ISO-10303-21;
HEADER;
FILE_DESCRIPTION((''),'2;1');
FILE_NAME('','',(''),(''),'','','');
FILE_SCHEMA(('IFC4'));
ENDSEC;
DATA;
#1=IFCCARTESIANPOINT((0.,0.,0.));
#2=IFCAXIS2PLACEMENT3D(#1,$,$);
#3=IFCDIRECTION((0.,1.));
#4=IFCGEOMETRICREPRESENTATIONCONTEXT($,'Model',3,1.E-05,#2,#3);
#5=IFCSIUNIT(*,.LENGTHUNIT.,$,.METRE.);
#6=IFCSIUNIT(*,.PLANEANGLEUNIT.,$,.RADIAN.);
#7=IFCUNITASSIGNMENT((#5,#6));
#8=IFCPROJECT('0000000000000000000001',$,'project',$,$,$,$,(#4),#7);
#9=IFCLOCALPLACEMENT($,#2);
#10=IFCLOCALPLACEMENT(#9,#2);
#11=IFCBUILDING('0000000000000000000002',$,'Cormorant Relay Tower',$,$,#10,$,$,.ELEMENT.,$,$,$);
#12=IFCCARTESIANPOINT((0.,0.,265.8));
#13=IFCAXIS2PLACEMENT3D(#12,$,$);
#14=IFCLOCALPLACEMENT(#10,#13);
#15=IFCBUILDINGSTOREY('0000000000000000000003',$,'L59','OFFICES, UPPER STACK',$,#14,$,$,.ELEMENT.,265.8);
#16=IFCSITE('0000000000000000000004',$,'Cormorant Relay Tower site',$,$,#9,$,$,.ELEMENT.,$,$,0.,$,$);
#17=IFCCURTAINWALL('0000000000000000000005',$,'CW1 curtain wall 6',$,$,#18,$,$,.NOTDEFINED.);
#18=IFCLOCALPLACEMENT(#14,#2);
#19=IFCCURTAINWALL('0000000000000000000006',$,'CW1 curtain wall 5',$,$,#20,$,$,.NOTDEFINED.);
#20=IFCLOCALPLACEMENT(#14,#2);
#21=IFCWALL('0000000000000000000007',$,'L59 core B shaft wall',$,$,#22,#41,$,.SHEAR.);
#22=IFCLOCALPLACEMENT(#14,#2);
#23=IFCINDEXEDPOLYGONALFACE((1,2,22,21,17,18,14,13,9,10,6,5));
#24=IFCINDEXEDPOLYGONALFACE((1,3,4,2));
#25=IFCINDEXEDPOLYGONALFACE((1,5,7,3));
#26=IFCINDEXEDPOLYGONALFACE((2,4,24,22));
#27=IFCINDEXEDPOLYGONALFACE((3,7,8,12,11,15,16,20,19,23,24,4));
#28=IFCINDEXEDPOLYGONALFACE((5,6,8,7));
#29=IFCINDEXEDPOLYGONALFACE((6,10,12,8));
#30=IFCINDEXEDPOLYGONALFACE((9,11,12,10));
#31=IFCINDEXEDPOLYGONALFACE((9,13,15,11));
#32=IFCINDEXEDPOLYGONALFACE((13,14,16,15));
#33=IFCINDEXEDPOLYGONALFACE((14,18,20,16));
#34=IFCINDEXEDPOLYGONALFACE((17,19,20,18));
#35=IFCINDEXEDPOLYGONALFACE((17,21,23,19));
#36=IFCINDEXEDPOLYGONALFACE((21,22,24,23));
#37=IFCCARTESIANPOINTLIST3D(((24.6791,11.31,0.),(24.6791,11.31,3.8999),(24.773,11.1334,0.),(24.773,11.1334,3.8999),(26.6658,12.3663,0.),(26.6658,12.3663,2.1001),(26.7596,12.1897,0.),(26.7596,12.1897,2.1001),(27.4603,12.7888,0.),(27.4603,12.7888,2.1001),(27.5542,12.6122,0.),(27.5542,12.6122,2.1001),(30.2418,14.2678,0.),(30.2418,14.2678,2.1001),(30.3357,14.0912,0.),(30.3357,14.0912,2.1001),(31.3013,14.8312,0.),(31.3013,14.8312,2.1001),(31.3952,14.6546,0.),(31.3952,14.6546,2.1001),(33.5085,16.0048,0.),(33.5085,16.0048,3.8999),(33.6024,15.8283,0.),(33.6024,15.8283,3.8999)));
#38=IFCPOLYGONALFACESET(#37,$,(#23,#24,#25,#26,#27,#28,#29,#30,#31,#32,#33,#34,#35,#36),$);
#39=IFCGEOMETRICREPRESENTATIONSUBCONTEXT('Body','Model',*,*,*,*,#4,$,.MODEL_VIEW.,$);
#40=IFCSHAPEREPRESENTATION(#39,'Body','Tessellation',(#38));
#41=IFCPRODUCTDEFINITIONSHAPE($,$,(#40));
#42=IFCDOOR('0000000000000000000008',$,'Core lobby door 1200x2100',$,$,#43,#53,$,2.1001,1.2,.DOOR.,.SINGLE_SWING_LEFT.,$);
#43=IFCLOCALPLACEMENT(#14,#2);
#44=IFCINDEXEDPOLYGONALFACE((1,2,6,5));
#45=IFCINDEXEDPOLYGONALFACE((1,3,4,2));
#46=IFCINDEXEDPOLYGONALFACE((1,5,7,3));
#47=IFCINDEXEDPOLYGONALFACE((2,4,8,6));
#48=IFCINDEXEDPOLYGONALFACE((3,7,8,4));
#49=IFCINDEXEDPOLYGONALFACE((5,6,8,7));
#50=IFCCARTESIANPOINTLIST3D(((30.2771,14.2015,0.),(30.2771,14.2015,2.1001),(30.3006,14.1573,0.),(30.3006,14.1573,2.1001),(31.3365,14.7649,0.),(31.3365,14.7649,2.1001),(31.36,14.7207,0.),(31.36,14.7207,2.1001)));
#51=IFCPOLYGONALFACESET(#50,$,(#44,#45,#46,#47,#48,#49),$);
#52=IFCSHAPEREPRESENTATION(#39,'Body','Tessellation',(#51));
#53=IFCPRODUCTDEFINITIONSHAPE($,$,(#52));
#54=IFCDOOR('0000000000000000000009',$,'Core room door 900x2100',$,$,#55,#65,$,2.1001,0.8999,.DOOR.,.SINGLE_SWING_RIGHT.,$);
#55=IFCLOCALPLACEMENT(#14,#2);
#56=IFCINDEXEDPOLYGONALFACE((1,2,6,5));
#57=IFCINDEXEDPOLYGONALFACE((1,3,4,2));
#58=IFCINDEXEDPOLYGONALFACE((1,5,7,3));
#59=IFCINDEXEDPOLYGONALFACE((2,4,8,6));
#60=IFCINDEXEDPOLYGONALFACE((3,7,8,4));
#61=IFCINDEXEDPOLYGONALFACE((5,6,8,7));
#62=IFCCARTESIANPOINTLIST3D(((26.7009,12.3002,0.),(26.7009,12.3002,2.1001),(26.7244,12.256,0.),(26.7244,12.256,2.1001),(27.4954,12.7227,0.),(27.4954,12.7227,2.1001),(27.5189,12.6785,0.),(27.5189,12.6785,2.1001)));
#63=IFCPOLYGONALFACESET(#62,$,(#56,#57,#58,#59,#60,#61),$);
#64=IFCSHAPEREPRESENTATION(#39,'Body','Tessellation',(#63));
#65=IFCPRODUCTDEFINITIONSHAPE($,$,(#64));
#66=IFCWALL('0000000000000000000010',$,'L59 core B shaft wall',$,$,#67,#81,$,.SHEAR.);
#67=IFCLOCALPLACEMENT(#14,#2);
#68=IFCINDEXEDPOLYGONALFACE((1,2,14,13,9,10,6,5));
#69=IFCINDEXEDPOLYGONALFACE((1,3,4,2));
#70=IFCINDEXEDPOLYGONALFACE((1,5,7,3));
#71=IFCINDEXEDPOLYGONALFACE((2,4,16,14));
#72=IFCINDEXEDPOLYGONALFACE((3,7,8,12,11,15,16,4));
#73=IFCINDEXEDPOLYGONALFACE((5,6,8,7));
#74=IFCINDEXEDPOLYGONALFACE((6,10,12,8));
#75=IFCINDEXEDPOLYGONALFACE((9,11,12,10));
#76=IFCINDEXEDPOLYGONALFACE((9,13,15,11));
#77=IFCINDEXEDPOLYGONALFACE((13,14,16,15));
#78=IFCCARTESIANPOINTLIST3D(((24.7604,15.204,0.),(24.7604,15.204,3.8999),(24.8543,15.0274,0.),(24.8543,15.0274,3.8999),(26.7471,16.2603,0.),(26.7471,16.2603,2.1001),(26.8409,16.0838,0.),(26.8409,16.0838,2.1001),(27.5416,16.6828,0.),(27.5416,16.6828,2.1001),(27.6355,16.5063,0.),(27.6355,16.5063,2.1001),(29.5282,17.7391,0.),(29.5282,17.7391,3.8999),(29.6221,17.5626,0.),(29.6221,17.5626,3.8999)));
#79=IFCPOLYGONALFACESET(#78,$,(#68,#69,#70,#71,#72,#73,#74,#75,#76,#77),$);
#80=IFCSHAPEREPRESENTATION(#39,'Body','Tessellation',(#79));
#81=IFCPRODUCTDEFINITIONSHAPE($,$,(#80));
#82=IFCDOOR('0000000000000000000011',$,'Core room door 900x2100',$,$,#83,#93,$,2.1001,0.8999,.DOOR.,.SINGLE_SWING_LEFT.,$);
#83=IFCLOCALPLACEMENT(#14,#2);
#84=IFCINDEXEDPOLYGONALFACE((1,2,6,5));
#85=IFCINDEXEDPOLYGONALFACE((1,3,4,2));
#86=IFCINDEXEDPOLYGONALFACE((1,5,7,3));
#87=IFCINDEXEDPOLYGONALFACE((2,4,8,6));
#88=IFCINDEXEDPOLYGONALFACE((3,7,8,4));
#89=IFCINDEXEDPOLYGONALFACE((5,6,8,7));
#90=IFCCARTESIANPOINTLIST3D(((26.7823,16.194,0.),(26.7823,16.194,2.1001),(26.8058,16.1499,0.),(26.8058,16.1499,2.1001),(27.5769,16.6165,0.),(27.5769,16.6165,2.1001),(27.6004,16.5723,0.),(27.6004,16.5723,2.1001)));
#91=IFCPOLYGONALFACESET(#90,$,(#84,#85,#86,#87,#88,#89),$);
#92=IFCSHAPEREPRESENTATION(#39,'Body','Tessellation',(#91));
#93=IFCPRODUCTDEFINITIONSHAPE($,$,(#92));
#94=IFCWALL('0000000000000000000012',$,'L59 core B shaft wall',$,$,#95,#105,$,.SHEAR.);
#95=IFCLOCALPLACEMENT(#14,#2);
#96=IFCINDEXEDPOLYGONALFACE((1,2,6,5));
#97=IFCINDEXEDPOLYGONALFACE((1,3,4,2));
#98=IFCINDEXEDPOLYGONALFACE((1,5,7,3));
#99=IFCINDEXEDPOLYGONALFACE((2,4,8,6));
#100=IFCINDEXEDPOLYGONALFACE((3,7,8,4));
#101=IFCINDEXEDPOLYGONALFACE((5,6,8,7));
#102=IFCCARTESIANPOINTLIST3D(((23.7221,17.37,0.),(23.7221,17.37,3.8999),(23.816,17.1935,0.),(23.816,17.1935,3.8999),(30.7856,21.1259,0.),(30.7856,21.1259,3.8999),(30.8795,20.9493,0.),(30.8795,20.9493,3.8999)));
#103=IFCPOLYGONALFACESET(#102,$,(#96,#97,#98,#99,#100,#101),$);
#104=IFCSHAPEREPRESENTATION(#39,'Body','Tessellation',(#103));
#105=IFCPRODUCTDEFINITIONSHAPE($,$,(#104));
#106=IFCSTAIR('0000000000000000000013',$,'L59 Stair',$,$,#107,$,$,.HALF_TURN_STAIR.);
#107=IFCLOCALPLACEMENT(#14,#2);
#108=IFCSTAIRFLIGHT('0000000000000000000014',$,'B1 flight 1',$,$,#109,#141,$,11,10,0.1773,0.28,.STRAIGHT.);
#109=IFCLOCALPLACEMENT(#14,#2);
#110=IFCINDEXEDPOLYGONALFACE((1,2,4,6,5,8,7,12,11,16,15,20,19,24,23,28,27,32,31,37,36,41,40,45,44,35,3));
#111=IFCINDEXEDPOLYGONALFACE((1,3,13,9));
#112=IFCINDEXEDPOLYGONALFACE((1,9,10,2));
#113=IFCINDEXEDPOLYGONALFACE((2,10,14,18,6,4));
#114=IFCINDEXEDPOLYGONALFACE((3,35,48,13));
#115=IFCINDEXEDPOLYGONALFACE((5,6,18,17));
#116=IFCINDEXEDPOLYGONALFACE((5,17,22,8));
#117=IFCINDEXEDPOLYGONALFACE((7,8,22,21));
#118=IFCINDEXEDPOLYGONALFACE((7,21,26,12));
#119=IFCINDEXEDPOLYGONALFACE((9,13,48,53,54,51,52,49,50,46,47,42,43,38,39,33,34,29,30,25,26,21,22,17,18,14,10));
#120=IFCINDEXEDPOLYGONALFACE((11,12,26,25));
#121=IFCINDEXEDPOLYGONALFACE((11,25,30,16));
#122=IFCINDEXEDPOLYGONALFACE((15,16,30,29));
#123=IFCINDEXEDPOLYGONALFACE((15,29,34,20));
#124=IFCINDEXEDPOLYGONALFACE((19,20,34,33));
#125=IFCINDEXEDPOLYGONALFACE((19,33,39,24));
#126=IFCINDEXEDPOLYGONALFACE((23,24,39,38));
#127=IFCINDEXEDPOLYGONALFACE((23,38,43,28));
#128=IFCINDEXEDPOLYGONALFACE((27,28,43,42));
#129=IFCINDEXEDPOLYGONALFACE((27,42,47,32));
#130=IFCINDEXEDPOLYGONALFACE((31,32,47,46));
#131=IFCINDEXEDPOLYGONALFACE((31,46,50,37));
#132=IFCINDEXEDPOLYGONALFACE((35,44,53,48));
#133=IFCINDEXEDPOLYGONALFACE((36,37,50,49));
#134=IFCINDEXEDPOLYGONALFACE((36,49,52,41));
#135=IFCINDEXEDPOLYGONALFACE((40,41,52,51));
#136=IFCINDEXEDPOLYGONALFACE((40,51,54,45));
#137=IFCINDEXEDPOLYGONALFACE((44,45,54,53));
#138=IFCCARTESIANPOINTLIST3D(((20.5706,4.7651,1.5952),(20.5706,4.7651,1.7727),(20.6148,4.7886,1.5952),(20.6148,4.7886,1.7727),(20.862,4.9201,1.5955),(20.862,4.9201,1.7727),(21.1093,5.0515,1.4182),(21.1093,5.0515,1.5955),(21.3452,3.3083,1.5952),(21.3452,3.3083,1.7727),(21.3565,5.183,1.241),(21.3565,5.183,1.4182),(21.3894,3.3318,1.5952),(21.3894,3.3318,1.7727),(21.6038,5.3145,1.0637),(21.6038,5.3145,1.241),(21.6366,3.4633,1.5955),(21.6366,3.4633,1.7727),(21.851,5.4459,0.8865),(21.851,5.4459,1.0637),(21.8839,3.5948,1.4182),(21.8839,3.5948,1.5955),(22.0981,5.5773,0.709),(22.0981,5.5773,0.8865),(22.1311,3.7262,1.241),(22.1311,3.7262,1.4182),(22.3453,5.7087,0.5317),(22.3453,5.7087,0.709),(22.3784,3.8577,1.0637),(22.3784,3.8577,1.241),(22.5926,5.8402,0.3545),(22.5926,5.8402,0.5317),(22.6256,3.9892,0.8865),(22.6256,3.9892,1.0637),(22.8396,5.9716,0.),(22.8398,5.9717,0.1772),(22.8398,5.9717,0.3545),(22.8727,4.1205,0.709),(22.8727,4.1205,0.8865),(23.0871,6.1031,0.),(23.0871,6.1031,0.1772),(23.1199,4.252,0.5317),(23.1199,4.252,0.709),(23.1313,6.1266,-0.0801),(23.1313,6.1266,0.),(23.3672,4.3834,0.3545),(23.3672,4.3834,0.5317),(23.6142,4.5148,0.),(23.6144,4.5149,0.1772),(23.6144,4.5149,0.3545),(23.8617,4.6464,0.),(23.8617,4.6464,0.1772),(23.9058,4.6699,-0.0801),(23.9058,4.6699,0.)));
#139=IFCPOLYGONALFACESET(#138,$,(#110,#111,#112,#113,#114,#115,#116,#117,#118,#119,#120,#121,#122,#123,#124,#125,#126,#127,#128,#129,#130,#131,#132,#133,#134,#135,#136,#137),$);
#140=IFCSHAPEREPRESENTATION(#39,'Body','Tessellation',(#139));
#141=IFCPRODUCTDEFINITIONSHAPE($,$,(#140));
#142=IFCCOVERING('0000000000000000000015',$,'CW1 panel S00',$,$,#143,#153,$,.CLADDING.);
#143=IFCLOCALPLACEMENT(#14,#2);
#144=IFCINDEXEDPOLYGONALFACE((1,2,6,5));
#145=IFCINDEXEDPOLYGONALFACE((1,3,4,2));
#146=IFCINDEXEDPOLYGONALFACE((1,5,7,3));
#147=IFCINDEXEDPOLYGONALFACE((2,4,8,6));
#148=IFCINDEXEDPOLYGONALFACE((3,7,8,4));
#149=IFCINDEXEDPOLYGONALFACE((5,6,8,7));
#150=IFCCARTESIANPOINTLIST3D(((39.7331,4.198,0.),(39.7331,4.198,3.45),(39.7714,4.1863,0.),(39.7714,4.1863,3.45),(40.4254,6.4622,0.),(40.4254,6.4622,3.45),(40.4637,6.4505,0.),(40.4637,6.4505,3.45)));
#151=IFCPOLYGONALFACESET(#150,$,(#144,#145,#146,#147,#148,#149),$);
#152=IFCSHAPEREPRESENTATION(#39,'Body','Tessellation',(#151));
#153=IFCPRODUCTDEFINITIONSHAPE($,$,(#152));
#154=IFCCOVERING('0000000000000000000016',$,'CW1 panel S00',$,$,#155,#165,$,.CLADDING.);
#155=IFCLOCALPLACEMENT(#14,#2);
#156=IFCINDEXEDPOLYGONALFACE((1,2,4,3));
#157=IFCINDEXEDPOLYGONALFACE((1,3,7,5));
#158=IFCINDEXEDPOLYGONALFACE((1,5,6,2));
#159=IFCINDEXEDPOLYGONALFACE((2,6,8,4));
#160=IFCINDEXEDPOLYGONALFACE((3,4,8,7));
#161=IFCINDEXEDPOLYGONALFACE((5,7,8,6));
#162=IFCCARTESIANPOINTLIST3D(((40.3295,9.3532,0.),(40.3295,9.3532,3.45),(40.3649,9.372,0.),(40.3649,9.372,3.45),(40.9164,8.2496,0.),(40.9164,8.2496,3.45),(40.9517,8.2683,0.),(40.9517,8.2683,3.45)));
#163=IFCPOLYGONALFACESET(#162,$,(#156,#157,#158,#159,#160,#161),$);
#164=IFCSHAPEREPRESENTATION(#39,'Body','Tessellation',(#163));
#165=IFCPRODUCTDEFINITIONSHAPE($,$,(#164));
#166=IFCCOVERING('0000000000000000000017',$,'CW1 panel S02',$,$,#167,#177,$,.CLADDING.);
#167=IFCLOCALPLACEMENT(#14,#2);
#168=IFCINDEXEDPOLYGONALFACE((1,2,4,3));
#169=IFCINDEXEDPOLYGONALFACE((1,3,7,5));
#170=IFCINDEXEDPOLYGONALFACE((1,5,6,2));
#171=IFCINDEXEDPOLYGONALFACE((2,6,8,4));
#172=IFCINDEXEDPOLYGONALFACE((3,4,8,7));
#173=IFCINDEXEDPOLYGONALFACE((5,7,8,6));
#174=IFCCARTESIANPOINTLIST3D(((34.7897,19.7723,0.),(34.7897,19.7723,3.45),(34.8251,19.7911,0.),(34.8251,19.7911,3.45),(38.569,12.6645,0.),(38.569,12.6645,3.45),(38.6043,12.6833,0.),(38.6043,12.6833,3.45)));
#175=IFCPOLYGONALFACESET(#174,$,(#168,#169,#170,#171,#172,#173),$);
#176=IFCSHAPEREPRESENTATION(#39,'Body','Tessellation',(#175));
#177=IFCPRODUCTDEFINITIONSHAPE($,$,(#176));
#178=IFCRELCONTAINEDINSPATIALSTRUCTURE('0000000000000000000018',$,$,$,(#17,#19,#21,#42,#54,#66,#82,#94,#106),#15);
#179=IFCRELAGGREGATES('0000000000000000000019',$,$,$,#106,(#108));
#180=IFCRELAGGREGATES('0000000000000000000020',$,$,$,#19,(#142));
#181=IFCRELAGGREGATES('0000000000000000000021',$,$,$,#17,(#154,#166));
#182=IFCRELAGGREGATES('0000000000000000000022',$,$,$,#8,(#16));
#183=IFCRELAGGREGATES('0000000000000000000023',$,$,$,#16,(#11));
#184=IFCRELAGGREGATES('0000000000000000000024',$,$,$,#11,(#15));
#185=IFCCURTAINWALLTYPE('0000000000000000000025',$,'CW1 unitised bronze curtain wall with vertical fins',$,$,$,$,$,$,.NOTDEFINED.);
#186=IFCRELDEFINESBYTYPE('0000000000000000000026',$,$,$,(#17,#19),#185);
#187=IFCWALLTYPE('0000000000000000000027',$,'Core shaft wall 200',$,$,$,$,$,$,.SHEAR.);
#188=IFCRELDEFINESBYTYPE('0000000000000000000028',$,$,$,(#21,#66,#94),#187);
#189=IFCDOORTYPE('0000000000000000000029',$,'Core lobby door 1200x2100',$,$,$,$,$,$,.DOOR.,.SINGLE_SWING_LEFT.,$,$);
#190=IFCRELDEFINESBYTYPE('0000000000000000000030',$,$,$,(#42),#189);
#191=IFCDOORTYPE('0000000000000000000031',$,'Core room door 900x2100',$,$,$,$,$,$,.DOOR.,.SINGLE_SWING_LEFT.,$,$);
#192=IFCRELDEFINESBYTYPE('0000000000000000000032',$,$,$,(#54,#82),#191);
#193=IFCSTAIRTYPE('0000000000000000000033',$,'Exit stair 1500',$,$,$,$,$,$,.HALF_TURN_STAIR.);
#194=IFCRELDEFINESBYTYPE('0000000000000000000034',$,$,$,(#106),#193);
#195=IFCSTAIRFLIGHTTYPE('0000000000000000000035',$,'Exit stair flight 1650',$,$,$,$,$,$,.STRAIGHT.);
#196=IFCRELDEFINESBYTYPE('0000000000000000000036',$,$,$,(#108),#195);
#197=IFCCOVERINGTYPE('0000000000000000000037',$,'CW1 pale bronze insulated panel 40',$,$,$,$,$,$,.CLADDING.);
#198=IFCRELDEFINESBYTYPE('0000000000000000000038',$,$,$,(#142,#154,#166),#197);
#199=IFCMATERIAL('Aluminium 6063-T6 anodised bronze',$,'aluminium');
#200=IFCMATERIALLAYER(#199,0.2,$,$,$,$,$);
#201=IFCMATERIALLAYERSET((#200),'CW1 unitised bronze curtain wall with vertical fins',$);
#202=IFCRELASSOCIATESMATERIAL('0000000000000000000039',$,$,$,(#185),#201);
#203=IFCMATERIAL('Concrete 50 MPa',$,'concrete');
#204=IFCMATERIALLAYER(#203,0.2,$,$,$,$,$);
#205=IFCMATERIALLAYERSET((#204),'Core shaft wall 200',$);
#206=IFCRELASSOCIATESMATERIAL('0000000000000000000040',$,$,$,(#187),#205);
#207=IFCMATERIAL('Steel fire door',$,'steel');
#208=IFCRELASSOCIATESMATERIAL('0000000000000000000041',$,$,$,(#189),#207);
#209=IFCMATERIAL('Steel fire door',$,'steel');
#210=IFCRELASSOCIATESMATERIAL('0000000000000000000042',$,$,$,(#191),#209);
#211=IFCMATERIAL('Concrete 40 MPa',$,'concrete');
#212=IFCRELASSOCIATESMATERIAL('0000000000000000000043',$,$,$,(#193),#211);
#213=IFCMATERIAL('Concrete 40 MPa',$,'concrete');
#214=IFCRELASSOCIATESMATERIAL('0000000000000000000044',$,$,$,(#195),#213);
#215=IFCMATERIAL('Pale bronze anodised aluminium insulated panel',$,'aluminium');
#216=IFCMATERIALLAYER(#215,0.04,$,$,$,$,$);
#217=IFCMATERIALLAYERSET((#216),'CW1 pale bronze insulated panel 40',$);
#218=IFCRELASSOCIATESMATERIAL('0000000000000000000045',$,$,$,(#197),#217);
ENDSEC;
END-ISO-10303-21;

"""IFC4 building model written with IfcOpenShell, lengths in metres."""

from ifc_helpers import new_model, si_unit, direction, frame, frame_2d, origin, origin_2d, place, context, subcontext, project, spatial, polyline, rectangle, outline, extrude, material, layer, layer_set, type_object, element, fill, aggregate, save


model = new_model("IFC4")

# Units and contexts
model_context = context("Model", 3, precision=1e-05, world=origin(), true_north=direction((0.0, 1.0)))
body_context = subcontext(model_context, "Body", "Model", "MODEL_VIEW")
ifc_project = project(units=[si_unit("LENGTHUNIT", "METRE"), si_unit("PLANEANGLEUNIT", "RADIAN")], contexts=[model_context])

# Site, building, storey
site_placement = place(None, origin())
site = spatial("IfcSite", under=ifc_project, at=site_placement, Name="Cormorant Relay Tower site", CompositionType="ELEMENT", RefElevation=0.0)
building_placement = place(site_placement, origin())
building = spatial("IfcBuilding", under=site, at=building_placement, Name="Cormorant Relay Tower", CompositionType="ELEMENT")
storey_placement = place(building_placement, frame((0.0, 0.0, 265.8)))
storey = spatial("IfcBuildingStorey", under=building, at=storey_placement, Name="L59", Description="OFFICES, UPPER STACK", CompositionType="ELEMENT", Elevation=265.8)

# Curtain wall
ifc_material_1 = material(Name="Aluminium 6063-T6 anodised bronze", Category="aluminium")
ifc_layer_1 = layer(ifc_material_1, 0.2)
ifc_layer_set_1 = layer_set([ifc_layer_1], Name="CW1 unitised bronze curtain wall with vertical fins")
curtain_wall_type = type_object("IfcCurtainWallType", Name="CW1 unitised bronze curtain wall with vertical fins", PredefinedType="NOTDEFINED", material=ifc_layer_set_1)
curtain_wall_1_placement = place(storey_placement, origin())
curtain_wall_1 = element("IfcCurtainWall", 1, at=curtain_wall_1_placement, inside=storey, type_object=curtain_wall_type, Name="CW1 curtain wall 6", PredefinedType="NOTDEFINED")

# Curtain wall
curtain_wall_2_placement = place(storey_placement, origin())
curtain_wall_2 = element("IfcCurtainWall", 2, at=curtain_wall_2_placement, inside=storey, type_object=curtain_wall_type, Name="CW1 curtain wall 5", PredefinedType="NOTDEFINED")

# Shared definitions
ifc_material_2 = material(Name="Concrete 50 MPa", Category="concrete")
ifc_layer_2 = layer(ifc_material_2, 0.2)
ifc_layer_set_2 = layer_set([ifc_layer_2], Name="Core shaft wall 200")
wall_type_1 = type_object("IfcWallType", Name="Core shaft wall 200", PredefinedType="SHEAR", material=ifc_layer_set_2)

# Wall, openings, doors
wall_1_placement = place(storey_placement, frame((24.7261, 11.2217, 0.0), z_axis=(0.0, 0.0, 1.0), x_axis=(0.88294, 0.469485, 0.0)))
wall_1 = element("IfcWall", 3, at=wall_1_placement, inside=storey, type_object=wall_type_1, Name="L59 core B shaft wall", PredefinedType="SHEAR", context=body_context, shape_type="SweptSolid", body=[
    extrude(rectangle(XDim=10.0, YDim=0.2, at=frame_2d((5.0, 0.0))), origin(), (0.0, 0.0, 1.0), 3.8999),
])
opening_1_placement = place(wall_1_placement, frame((6.3, 0.0, 0.0)))
opening_1 = element("IfcOpeningElement", 4, at=opening_1_placement, cuts=wall_1, PredefinedType="OPENING", context=body_context, shape_type="SweptSolid", body=[
    extrude(rectangle(XDim=1.2, YDim=2.1001, at=frame_2d((0.6001, 1.05))), frame((0.0, 0.1099, 0.0), z_axis=(0.0, -1.0, 0.0), x_axis=(1.0, 0.0, 0.0)), (0.0, 0.0, 1.0), 0.22),
])
opening_2_placement = place(wall_1_placement, frame((2.25, 0.0, 0.0)))
opening_2 = element("IfcOpeningElement", 5, at=opening_2_placement, cuts=wall_1, PredefinedType="OPENING", context=body_context, shape_type="SweptSolid", body=[
    extrude(rectangle(XDim=0.8999, YDim=2.1001, at=frame_2d((0.45, 1.05))), frame((0.0, 0.1099, 0.0), z_axis=(0.0, -1.0, 0.0), x_axis=(1.0, 0.0, 0.0)), (0.0, 0.0, 1.0), 0.22),
])
ifc_material_3 = material(Name="Steel fire door", Category="steel")
door_type_1 = type_object("IfcDoorType", Name="Core lobby door 1200x2100", OperationType="SINGLE_SWING_LEFT", PredefinedType="DOOR", material=ifc_material_3)
door_1_placement = place(opening_1_placement, origin())
door_1 = element("IfcDoor", 6, at=door_1_placement, inside=storey, type_object=door_type_1, Name="Core lobby door 1200x2100", OperationType="SINGLE_SWING_LEFT", OverallHeight=2.1001, OverallWidth=1.2, PredefinedType="DOOR", context=body_context, shape_type="SweptSolid", body=[
    extrude(rectangle(XDim=1.2, YDim=2.1001, at=frame_2d((0.6001, 1.05))), frame((0.0, 0.0249, 0.0), z_axis=(0.0, -1.0, 0.0), x_axis=(1.0, 0.0, 0.0)), (0.0, 0.0, 1.0), 0.05),
])
fill(opening_1, door_1)
ifc_material_4 = material(Name="Steel fire door", Category="steel")
door_type_2 = type_object("IfcDoorType", Name="Core room door 900x2100", OperationType="SINGLE_SWING_LEFT", PredefinedType="DOOR", material=ifc_material_4)
door_2_placement = place(opening_2_placement, frame((0.8999, 0.0, 0.0), z_axis=(0.0, 0.0, 1.0), x_axis=(-1.0, 0.0, 0.0)))
door_2 = element("IfcDoor", 7, at=door_2_placement, inside=storey, type_object=door_type_2, Name="Core room door 900x2100", OperationType="SINGLE_SWING_RIGHT", OverallHeight=2.1001, OverallWidth=0.8999, PredefinedType="DOOR", context=body_context, shape_type="SweptSolid", body=[
    extrude(rectangle(XDim=0.8999, YDim=2.1001, at=frame_2d((0.45, 1.05))), frame((0.0, 0.0249, 0.0), z_axis=(0.0, -1.0, 0.0), x_axis=(1.0, 0.0, 0.0)), (0.0, 0.0, 1.0), 0.05),
])
fill(opening_2, door_2)

# Wall, opening, door
wall_2_placement = place(storey_placement, frame((24.8074, 15.1157, 0.0), z_axis=(0.0, 0.0, 1.0), x_axis=(0.882943, 0.46948, 0.0)))
wall_2 = element("IfcWall", 8, at=wall_2_placement, inside=storey, type_object=wall_type_1, Name="L59 core B shaft wall", PredefinedType="SHEAR", context=body_context, shape_type="SweptSolid", body=[
    extrude(rectangle(XDim=5.3999, YDim=0.2, at=frame_2d((2.7, 0.0))), origin(), (0.0, 0.0, 1.0), 3.8999),
])
opening_3_placement = place(wall_2_placement, frame((2.25, 0.0, 0.0)))
opening_3 = element("IfcOpeningElement", 9, at=opening_3_placement, cuts=wall_2, PredefinedType="OPENING", context=body_context, shape_type="SweptSolid", body=[
    extrude(rectangle(XDim=0.8999, YDim=2.1001, at=frame_2d((0.45, 1.05))), frame((0.0, 0.1099, 0.0), z_axis=(0.0, -1.0, 0.0), x_axis=(1.0, 0.0, 0.0)), (0.0, 0.0, 1.0), 0.22),
])
door_3_placement = place(opening_3_placement, origin())
door_3 = element("IfcDoor", 10, at=door_3_placement, inside=storey, type_object=door_type_2, Name="Core room door 900x2100", OperationType="SINGLE_SWING_LEFT", OverallHeight=2.1001, OverallWidth=0.8999, PredefinedType="DOOR", context=body_context, shape_type="SweptSolid", body=[
    extrude(rectangle(XDim=0.8999, YDim=2.1001, at=frame_2d((0.45, 1.05))), frame((0.0, 0.0249, 0.0), z_axis=(0.0, -1.0, 0.0), x_axis=(1.0, 0.0, 0.0)), (0.0, 0.0, 1.0), 0.05),
])
fill(opening_3, door_3)

# Wall
wall_3_placement = place(storey_placement, frame((23.769, 17.2817, 0.0), z_axis=(0.0, 0.0, 1.0), x_axis=(0.88294, 0.469485, 0.0)))
element("IfcWall", 11, at=wall_3_placement, inside=storey, type_object=wall_type_1, Name="L59 core B shaft wall", PredefinedType="SHEAR", context=body_context, shape_type="SweptSolid", body=[
    extrude(rectangle(XDim=8.0, YDim=0.2, at=frame_2d((4.0, 0.0))), origin(), (0.0, 0.0, 1.0), 3.8999),
])

# Stair, stair flight
ifc_material_5 = material(Name="Concrete 40 MPa", Category="concrete")
stair_type = type_object("IfcStairType", Name="Exit stair 1500", PredefinedType="HALF_TURN_STAIR", material=ifc_material_5)
stair_placement = place(storey_placement, origin())
stair = element("IfcStair", 12, at=stair_placement, inside=storey, type_object=stair_type, Name="L59 Stair", PredefinedType="HALF_TURN_STAIR")
ifc_material_6 = material(Name="Concrete 40 MPa", Category="concrete")
stair_flight_type = type_object("IfcStairFlightType", Name="Exit stair flight 1650", PredefinedType="STRAIGHT", material=ifc_material_6)
stair_flight_placement = place(storey_placement, frame((23.4744, 5.3748, 0.0), z_axis=(0.0, 0.0, 1.0), x_axis=(-0.882948, -0.469472, 0.0)))
stair_flight = element("IfcStairFlight", 13, at=stair_flight_placement, type_object=stair_flight_type, Name="B1 flight 1", NumberOfRisers=11, NumberOfTreads=10, PredefinedType="STRAIGHT", RiserHeight=0.1773, TreadLength=0.28, context=body_context, shape_type="SweptSolid", body=[
    extrude(outline(polyline([(-0.05, -0.0801), (-0.05, 0.0), (0.0, 0.0), (0.0, 0.1772), (0.28, 0.1772), (0.28, 0.3545), (0.5601, 0.3545), (0.5601, 0.5317), (0.8401, 0.5317), (0.8401, 0.709), (1.1201, 0.709), (1.1201, 0.8865), (1.3999, 0.8865), (1.3999, 1.0637), (1.6799, 1.0637), (1.6799, 1.241), (1.96, 1.241), (1.96, 1.4182), (2.24, 1.4182), (2.24, 1.5955), (2.52, 1.5955), (2.52, 1.7727), (2.8, 1.7727), (2.8501, 1.7727), (2.8501, 1.5952), (2.8, 1.5952), (0.2803, 0.0), (-0.05, -0.0801)])), frame((0.0, 0.825, 0.0), z_axis=(0.0, -1.0, 0.0), x_axis=(1.0, 0.0, 0.0)), (0.0, 0.0, 1.0), 1.6499),
])
aggregate(stair, [stair_flight])

# Coverings
ifc_material_7 = material(Name="Pale bronze anodised aluminium insulated panel", Category="aluminium")
ifc_layer_3 = layer(ifc_material_7, 0.04)
ifc_layer_set_3 = layer_set([ifc_layer_3], Name="CW1 pale bronze insulated panel 40")
covering_type = type_object("IfcCoveringType", Name="CW1 pale bronze insulated panel 40", PredefinedType="CLADDING", material=ifc_layer_set_3)
covering_1_placement = place(storey_placement, frame((40.0984, 5.3242, 0.0), z_axis=(0.0, 0.0, 1.0), x_axis=(0.292372, 0.956305, 0.0)))
covering_1 = element("IfcCovering", 14, at=covering_1_placement, type_object=covering_type, Name="CW1 panel S00", PredefinedType="CLADDING", context=body_context, shape_type="SweptSolid", body=[
    extrude(rectangle(XDim=2.3677, YDim=0.04, at=origin_2d()), origin(), (0.0, 0.0, 1.0), 3.45),
])
aggregate(curtain_wall_2, [covering_1])
covering_2_placement = place(storey_placement, frame((40.6406, 8.8108, 0.0), z_axis=(0.0, 0.0, 1.0), x_axis=(-0.469472, 0.882948, 0.0)))
covering_2 = element("IfcCovering", 15, at=covering_2_placement, type_object=covering_type, Name="CW1 panel S00", PredefinedType="CLADDING", context=body_context, shape_type="SweptSolid", body=[
    extrude(rectangle(XDim=1.25, YDim=0.04, at=origin_2d()), origin(), (0.0, 0.0, 1.0), 3.45),
])
covering_3_placement = place(storey_placement, frame((36.697, 16.2278, 0.0), z_axis=(0.0, 0.0, 1.0), x_axis=(-0.469472, 0.882948, 0.0)))
covering_3 = element("IfcCovering", 16, at=covering_3_placement, type_object=covering_type, Name="CW1 panel S02", PredefinedType="CLADDING", context=body_context, shape_type="SweptSolid", body=[
    extrude(rectangle(XDim=8.05, YDim=0.04, at=origin_2d()), origin(), (0.0, 0.0, 1.0), 3.45),
])
aggregate(curtain_wall_1, [covering_2, covering_3])

save(model, "model.ifc")
